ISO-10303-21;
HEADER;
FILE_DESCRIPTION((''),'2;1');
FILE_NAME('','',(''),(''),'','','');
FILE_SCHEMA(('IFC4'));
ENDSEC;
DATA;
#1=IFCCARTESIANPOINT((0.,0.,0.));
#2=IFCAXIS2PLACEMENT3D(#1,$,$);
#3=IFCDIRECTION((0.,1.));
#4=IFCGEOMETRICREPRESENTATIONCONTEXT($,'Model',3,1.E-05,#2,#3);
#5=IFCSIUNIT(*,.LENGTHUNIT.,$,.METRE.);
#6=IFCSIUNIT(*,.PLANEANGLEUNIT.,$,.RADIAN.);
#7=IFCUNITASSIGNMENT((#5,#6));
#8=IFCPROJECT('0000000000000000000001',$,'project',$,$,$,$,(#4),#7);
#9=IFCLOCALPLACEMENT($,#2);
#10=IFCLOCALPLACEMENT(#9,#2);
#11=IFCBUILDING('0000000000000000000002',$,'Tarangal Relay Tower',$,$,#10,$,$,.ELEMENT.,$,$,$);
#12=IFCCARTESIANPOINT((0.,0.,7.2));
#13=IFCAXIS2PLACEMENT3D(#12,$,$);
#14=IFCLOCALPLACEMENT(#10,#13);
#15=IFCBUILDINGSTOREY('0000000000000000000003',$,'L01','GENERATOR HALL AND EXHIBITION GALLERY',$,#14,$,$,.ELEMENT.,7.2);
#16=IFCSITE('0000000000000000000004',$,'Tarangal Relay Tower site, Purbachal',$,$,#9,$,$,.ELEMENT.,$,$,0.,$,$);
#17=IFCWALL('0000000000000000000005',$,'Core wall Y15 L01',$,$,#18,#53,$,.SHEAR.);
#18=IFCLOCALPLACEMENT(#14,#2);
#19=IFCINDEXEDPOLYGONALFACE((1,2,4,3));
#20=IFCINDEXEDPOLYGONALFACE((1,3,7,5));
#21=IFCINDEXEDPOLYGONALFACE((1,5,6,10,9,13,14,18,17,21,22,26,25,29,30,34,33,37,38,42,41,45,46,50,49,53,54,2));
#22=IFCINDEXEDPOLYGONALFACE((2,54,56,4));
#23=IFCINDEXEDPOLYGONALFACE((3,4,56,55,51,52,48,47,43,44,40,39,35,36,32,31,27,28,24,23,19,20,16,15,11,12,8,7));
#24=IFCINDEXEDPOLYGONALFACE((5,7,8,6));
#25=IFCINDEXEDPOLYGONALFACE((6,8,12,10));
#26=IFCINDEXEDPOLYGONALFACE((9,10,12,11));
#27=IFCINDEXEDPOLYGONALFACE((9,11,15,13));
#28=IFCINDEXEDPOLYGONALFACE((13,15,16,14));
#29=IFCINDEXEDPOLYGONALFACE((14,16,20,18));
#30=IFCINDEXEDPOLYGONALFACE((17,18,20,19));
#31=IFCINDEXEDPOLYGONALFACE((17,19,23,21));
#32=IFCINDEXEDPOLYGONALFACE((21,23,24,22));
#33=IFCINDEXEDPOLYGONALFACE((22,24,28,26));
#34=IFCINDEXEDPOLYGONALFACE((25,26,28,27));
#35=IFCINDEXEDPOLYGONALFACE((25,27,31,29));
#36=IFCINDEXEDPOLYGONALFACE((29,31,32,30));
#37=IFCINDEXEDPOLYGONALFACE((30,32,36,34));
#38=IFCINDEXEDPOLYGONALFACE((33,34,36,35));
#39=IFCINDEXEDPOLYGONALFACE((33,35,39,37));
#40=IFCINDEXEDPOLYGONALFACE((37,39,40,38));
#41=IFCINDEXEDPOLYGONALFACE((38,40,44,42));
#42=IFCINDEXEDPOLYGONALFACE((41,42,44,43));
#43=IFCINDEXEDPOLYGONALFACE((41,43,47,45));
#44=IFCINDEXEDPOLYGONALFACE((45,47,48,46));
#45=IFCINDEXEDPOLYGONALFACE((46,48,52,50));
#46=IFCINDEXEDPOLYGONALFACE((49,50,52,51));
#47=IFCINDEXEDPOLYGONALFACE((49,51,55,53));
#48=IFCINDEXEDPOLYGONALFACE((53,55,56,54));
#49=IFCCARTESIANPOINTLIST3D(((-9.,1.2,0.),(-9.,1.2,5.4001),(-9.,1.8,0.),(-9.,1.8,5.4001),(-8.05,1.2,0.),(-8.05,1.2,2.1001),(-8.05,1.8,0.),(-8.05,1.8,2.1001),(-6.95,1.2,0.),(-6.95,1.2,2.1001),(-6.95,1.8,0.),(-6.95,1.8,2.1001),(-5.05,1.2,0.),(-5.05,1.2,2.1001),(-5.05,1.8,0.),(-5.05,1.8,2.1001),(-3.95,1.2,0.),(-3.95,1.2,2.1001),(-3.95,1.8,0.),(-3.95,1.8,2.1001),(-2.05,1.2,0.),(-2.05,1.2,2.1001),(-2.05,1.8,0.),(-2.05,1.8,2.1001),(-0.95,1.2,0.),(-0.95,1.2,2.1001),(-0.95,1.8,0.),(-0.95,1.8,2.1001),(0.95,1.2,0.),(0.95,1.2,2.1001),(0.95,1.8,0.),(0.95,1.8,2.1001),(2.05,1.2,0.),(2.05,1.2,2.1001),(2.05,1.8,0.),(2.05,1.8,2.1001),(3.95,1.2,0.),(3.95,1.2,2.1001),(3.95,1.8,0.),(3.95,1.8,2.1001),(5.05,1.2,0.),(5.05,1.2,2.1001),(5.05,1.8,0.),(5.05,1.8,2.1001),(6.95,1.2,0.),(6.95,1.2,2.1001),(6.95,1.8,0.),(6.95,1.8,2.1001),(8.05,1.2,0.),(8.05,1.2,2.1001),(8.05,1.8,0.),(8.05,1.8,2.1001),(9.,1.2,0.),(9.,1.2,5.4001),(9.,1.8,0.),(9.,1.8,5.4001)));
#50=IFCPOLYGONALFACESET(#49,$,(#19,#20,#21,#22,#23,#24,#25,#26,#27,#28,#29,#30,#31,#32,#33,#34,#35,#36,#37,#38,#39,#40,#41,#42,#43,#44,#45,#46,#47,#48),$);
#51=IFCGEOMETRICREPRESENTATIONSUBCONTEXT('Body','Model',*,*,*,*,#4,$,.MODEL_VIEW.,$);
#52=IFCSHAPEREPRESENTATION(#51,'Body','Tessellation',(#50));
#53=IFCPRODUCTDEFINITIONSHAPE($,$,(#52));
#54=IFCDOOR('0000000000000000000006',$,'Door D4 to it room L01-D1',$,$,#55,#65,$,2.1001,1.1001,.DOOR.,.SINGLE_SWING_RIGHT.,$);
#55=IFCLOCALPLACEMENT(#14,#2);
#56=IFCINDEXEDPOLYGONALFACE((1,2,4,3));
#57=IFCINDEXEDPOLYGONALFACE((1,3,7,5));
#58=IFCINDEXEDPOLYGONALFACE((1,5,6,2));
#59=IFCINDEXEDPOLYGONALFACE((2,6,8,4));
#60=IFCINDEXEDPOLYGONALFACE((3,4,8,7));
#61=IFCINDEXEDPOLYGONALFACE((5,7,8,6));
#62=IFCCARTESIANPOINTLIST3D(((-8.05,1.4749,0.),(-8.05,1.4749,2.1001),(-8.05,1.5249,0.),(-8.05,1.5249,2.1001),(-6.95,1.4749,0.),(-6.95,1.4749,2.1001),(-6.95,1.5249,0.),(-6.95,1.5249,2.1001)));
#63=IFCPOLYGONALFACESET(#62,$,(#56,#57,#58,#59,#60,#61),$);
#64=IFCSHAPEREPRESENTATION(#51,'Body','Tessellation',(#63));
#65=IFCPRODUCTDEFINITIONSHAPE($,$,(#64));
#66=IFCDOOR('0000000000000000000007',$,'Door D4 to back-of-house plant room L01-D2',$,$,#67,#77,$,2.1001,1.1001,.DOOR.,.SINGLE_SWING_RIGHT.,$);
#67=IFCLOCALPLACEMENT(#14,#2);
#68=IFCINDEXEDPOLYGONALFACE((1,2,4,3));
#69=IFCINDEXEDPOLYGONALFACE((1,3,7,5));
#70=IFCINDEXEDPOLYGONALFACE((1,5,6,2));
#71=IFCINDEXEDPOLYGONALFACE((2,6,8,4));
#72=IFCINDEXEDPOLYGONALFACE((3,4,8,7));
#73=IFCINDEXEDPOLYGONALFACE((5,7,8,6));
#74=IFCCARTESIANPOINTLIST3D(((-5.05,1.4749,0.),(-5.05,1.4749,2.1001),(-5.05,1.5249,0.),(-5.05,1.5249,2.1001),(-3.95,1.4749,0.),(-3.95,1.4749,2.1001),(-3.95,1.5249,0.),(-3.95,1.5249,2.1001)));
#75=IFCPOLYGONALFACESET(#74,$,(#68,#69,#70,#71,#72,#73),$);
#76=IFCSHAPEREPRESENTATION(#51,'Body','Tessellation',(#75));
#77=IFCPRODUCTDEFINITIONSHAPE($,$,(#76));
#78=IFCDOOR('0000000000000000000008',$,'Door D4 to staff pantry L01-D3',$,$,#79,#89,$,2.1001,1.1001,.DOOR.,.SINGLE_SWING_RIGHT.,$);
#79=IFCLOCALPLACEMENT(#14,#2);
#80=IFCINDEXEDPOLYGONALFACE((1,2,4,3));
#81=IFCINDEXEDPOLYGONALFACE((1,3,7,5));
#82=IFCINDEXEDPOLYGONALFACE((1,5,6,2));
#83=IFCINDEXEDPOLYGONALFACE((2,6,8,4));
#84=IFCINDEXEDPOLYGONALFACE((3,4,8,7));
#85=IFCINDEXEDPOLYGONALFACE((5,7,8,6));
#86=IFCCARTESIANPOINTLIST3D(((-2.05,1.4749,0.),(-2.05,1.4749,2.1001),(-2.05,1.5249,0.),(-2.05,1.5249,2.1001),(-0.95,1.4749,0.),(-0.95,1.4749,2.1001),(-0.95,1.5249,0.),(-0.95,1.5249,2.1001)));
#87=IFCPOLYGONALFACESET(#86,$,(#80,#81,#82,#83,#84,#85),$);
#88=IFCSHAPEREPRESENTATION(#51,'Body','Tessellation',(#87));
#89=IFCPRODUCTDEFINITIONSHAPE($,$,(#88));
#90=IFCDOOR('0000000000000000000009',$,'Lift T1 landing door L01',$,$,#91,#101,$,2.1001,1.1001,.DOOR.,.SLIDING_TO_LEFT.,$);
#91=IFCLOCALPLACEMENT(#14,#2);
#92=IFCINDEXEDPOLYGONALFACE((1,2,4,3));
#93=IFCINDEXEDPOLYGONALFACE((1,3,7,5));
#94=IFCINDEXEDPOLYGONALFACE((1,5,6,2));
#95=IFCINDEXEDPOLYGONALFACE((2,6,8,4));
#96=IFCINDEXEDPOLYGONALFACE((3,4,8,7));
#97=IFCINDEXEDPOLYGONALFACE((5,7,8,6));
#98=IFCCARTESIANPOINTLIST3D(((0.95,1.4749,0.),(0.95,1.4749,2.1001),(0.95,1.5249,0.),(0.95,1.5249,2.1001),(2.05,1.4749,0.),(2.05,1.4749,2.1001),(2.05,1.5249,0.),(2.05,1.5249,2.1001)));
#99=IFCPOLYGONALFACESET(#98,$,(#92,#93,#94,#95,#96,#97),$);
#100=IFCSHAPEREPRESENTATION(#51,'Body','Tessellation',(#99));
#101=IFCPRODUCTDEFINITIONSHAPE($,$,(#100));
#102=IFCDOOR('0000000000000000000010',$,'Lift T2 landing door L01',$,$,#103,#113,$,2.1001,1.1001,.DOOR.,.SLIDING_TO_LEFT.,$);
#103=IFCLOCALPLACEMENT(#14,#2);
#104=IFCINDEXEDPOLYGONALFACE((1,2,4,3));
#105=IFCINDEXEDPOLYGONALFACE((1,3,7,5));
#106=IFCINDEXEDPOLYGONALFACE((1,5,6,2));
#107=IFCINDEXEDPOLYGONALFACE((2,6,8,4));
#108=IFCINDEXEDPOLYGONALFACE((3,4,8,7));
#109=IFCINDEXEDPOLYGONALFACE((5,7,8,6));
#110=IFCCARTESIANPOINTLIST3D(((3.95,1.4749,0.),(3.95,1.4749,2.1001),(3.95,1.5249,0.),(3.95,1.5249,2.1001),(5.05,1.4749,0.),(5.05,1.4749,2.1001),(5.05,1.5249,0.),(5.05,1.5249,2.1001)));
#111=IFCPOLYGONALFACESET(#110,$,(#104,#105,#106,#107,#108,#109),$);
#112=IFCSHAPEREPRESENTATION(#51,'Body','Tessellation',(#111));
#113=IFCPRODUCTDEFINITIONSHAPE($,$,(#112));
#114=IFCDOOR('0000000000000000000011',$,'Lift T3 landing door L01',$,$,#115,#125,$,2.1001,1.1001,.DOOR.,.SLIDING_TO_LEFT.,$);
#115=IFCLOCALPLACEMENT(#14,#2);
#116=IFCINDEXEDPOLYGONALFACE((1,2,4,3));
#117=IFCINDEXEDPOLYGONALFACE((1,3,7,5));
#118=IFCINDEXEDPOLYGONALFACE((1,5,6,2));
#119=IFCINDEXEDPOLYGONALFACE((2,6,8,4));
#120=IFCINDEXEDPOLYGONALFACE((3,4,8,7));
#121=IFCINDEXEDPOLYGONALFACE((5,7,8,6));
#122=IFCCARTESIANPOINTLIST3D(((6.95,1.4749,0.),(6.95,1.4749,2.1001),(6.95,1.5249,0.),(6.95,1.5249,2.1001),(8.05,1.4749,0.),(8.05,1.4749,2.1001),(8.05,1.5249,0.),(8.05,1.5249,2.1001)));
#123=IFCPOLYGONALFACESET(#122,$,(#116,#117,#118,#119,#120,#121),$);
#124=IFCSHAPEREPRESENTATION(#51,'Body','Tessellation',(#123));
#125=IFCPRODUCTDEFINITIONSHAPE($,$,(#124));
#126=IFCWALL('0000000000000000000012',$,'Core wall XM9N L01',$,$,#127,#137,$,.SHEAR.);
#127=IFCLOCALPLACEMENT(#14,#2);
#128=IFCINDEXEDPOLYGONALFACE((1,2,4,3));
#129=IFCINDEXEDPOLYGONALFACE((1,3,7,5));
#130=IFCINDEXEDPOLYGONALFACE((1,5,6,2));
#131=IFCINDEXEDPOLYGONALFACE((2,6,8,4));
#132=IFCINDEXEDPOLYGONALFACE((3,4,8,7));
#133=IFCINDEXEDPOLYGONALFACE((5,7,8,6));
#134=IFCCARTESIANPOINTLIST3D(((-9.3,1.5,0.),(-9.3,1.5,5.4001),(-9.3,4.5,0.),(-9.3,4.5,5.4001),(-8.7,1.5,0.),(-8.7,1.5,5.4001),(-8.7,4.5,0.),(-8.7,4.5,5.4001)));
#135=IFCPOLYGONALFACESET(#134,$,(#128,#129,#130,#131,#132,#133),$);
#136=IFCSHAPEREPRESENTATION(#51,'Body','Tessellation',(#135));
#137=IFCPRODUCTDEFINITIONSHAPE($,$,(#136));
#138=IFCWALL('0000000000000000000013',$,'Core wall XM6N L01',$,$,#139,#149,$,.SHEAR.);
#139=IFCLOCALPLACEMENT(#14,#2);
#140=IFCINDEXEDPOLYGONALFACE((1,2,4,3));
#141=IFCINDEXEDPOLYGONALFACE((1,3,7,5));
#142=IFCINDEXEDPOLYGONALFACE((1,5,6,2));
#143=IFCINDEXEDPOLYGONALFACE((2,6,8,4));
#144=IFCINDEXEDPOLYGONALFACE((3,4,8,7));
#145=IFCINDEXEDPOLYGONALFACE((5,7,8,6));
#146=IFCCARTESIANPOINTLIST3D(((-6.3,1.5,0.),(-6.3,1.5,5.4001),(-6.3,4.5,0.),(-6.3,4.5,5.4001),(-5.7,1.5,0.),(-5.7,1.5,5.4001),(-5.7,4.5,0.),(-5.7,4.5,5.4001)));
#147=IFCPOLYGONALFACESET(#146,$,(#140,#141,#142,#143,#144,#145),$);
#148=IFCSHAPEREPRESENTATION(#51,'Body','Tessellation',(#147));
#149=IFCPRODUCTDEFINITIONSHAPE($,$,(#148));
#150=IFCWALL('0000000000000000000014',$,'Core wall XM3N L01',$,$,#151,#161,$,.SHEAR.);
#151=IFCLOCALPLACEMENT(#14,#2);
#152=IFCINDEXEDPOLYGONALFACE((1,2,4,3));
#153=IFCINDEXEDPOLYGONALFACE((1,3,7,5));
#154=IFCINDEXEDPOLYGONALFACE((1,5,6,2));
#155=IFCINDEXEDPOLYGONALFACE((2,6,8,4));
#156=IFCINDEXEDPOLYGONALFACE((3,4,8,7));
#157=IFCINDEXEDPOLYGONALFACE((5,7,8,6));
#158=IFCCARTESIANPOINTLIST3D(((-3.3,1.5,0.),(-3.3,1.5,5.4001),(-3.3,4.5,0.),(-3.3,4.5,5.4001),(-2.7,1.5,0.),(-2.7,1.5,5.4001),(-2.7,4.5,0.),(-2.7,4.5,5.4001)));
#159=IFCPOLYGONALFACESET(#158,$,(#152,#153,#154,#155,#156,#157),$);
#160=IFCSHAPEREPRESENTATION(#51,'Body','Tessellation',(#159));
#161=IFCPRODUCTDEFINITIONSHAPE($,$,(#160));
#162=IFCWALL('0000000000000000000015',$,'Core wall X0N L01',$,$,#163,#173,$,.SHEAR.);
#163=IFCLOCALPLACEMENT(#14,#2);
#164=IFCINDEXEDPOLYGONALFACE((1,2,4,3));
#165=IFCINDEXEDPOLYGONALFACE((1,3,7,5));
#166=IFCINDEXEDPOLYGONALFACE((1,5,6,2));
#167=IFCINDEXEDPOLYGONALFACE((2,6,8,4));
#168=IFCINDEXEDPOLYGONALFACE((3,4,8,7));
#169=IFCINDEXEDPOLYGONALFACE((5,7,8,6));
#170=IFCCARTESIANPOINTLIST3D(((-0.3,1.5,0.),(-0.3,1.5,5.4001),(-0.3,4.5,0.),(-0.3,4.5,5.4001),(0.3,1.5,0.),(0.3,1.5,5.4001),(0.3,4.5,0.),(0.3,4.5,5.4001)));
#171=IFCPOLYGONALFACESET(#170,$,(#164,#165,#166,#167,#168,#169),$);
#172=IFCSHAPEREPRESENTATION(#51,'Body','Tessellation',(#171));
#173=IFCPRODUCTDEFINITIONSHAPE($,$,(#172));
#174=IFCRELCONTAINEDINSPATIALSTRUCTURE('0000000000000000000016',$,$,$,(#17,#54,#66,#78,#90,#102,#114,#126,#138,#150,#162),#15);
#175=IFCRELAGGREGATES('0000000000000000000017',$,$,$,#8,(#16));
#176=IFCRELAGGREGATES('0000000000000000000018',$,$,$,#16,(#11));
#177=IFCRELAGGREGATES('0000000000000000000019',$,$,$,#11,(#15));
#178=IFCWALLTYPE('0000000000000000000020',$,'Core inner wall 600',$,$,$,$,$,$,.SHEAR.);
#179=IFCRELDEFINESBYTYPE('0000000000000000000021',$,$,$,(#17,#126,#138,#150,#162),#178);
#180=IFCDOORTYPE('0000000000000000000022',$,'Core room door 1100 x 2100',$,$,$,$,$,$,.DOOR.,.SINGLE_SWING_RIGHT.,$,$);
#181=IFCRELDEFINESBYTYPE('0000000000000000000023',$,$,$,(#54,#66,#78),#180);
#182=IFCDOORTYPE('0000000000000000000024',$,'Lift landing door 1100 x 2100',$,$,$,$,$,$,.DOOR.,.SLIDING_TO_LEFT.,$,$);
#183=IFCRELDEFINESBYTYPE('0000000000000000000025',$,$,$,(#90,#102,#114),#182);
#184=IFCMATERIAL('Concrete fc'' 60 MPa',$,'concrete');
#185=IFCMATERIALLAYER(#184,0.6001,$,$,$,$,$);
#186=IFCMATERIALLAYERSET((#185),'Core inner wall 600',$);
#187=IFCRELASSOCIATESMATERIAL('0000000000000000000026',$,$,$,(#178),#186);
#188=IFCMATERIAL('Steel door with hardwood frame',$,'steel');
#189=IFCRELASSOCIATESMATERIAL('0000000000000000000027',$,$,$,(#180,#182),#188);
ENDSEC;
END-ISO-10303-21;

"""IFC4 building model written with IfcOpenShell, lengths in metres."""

from ifc_helpers import new_model, si_unit, direction, frame, frame_2d, origin, place, context, subcontext, project, spatial, rectangle, extrude, material, layer, layer_set, type_object, element, fill, save


model = new_model("IFC4")

# Units and contexts
model_context = context("Model", 3, precision=1e-05, world=origin(), true_north=direction((0.0, 1.0)))
body_context = subcontext(model_context, "Body", "Model", "MODEL_VIEW")
ifc_project = project(units=[si_unit("LENGTHUNIT", "METRE"), si_unit("PLANEANGLEUNIT", "RADIAN")], contexts=[model_context])

# Site, building, storey
site_placement = place(None, origin())
site = spatial("IfcSite", under=ifc_project, at=site_placement, Name="Tarangal Relay Tower site, Purbachal", CompositionType="ELEMENT", RefElevation=0.0)
building_placement = place(site_placement, origin())
building = spatial("IfcBuilding", under=site, at=building_placement, Name="Tarangal Relay Tower", CompositionType="ELEMENT")
storey_placement = place(building_placement, frame((0.0, 0.0, 7.2)))
storey = spatial("IfcBuildingStorey", under=building, at=storey_placement, Name="L01", Description="GENERATOR HALL AND EXHIBITION GALLERY", CompositionType="ELEMENT", Elevation=7.2)

# Wall, openings, doors
ifc_material_1 = material(Name="Concrete fc' 60 MPa", Category="concrete")
ifc_layer_1 = layer(ifc_material_1, 0.6001)
ifc_layer_set_1 = layer_set([ifc_layer_1], Name="Core inner wall 600")
wall_type = type_object("IfcWallType", Name="Core inner wall 600", PredefinedType="SHEAR", material=ifc_layer_set_1)
wall_1_placement = place(storey_placement, frame((-9.0, 1.5, 0.0), z_axis=(0.0, 0.0, 1.0), x_axis=(1.0, 0.0, 0.0)))
wall_1 = element("IfcWall", 1, at=wall_1_placement, inside=storey, type_object=wall_type, Name="Core wall Y15 L01", PredefinedType="SHEAR", context=body_context, shape_type="SweptSolid", body=[
    extrude(rectangle(XDim=18.0, YDim=0.6001, at=frame_2d((9.0, 0.0))), origin(), (0.0, 0.0, 1.0), 5.4001),
])
opening_1_placement = place(wall_1_placement, frame((9.95, 0.0, 0.0)))
opening_1 = element("IfcOpeningElement", 2, at=opening_1_placement, cuts=wall_1, PredefinedType="OPENING", context=body_context, shape_type="SweptSolid", body=[
    extrude(rectangle(XDim=1.1001, YDim=2.1001, at=frame_2d((0.55, 1.05))), frame((0.0, 0.3101, 0.0), z_axis=(0.0, -1.0, 0.0), x_axis=(1.0, 0.0, 0.0)), (0.0, 0.0, 1.0), 0.6201),
])
opening_2_placement = place(wall_1_placement, frame((12.95, 0.0, 0.0)))
opening_2 = element("IfcOpeningElement", 3, at=opening_2_placement, cuts=wall_1, PredefinedType="OPENING", context=body_context, shape_type="SweptSolid", body=[
    extrude(rectangle(XDim=1.1001, YDim=2.1001, at=frame_2d((0.55, 1.05))), frame((0.0, 0.3101, 0.0), z_axis=(0.0, -1.0, 0.0), x_axis=(1.0, 0.0, 0.0)), (0.0, 0.0, 1.0), 0.6201),
])
opening_3_placement = place(wall_1_placement, frame((15.95, 0.0, 0.0)))
opening_3 = element("IfcOpeningElement", 4, at=opening_3_placement, cuts=wall_1, PredefinedType="OPENING", context=body_context, shape_type="SweptSolid", body=[
    extrude(rectangle(XDim=1.1001, YDim=2.1001, at=frame_2d((0.55, 1.05))), frame((0.0, 0.3101, 0.0), z_axis=(0.0, -1.0, 0.0), x_axis=(1.0, 0.0, 0.0)), (0.0, 0.0, 1.0), 0.6201),
])
opening_4_placement = place(wall_1_placement, frame((0.95, 0.0, 0.0)))
opening_4 = element("IfcOpeningElement", 5, at=opening_4_placement, cuts=wall_1, PredefinedType="OPENING", context=body_context, shape_type="SweptSolid", body=[
    extrude(rectangle(XDim=1.1001, YDim=2.1001, at=frame_2d((0.55, 1.05))), frame((0.0, 0.3101, 0.0), z_axis=(0.0, -1.0, 0.0), x_axis=(1.0, 0.0, 0.0)), (0.0, 0.0, 1.0), 0.6201),
])
opening_5_placement = place(wall_1_placement, frame((3.95, 0.0, 0.0)))
opening_5 = element("IfcOpeningElement", 6, at=opening_5_placement, cuts=wall_1, PredefinedType="OPENING", context=body_context, shape_type="SweptSolid", body=[
    extrude(rectangle(XDim=1.1001, YDim=2.1001, at=frame_2d((0.55, 1.05))), frame((0.0, 0.3101, 0.0), z_axis=(0.0, -1.0, 0.0), x_axis=(1.0, 0.0, 0.0)), (0.0, 0.0, 1.0), 0.6201),
])
opening_6_placement = place(wall_1_placement, frame((6.95, 0.0, 0.0)))
opening_6 = element("IfcOpeningElement", 7, at=opening_6_placement, cuts=wall_1, PredefinedType="OPENING", context=body_context, shape_type="SweptSolid", body=[
    extrude(rectangle(XDim=1.1001, YDim=2.1001, at=frame_2d((0.55, 1.05))), frame((0.0, 0.3101, 0.0), z_axis=(0.0, -1.0, 0.0), x_axis=(1.0, 0.0, 0.0)), (0.0, 0.0, 1.0), 0.6201),
])
ifc_material_2 = material(Name="Steel door with hardwood frame", Category="steel")
door_type_1 = type_object("IfcDoorType", Name="Core room door 1100 x 2100", OperationType="SINGLE_SWING_RIGHT", PredefinedType="DOOR", material=ifc_material_2)
door_1_placement = place(opening_4_placement, origin())
door_1 = element("IfcDoor", 8, at=door_1_placement, inside=storey, type_object=door_type_1, Name="Door D4 to it room L01-D1", OperationType="SINGLE_SWING_RIGHT", OverallHeight=2.1001, OverallWidth=1.1001, PredefinedType="DOOR", context=body_context, shape_type="SweptSolid", body=[
    extrude(rectangle(XDim=1.1001, YDim=2.1001, at=frame_2d((0.55, 1.05))), frame((0.0, 0.0249, 0.0), z_axis=(0.0, -1.0, 0.0), x_axis=(1.0, 0.0, 0.0)), (0.0, 0.0, 1.0), 0.05),
])
fill(opening_4, door_1)
door_2_placement = place(opening_5_placement, origin())
door_2 = element("IfcDoor", 9, at=door_2_placement, inside=storey, type_object=door_type_1, Name="Door D4 to back-of-house plant room L01-D2", OperationType="SINGLE_SWING_RIGHT", OverallHeight=2.1001, OverallWidth=1.1001, PredefinedType="DOOR", context=body_context, shape_type="SweptSolid", body=[
    extrude(rectangle(XDim=1.1001, YDim=2.1001, at=frame_2d((0.55, 1.05))), frame((0.0, 0.0249, 0.0), z_axis=(0.0, -1.0, 0.0), x_axis=(1.0, 0.0, 0.0)), (0.0, 0.0, 1.0), 0.05),
])
fill(opening_5, door_2)
door_3_placement = place(opening_6_placement, origin())
door_3 = element("IfcDoor", 10, at=door_3_placement, inside=storey, type_object=door_type_1, Name="Door D4 to staff pantry L01-D3", OperationType="SINGLE_SWING_RIGHT", OverallHeight=2.1001, OverallWidth=1.1001, PredefinedType="DOOR", context=body_context, shape_type="SweptSolid", body=[
    extrude(rectangle(XDim=1.1001, YDim=2.1001, at=frame_2d((0.55, 1.05))), frame((0.0, 0.0249, 0.0), z_axis=(0.0, -1.0, 0.0), x_axis=(1.0, 0.0, 0.0)), (0.0, 0.0, 1.0), 0.05),
])
fill(opening_6, door_3)
door_type_2 = type_object("IfcDoorType", Name="Lift landing door 1100 x 2100", OperationType="SLIDING_TO_LEFT", PredefinedType="DOOR", material=ifc_material_2)
door_4_placement = place(opening_1_placement, origin())
door_4 = element("IfcDoor", 11, at=door_4_placement, inside=storey, type_object=door_type_2, Name="Lift T1 landing door L01", OperationType="SLIDING_TO_LEFT", OverallHeight=2.1001, OverallWidth=1.1001, PredefinedType="DOOR", context=body_context, shape_type="SweptSolid", body=[
    extrude(rectangle(XDim=1.1001, YDim=2.1001, at=frame_2d((0.55, 1.05))), frame((0.0, 0.0249, 0.0), z_axis=(0.0, -1.0, 0.0), x_axis=(1.0, 0.0, 0.0)), (0.0, 0.0, 1.0), 0.05),
])
fill(opening_1, door_4)
door_5_placement = place(opening_2_placement, origin())
door_5 = element("IfcDoor", 12, at=door_5_placement, inside=storey, type_object=door_type_2, Name="Lift T2 landing door L01", OperationType="SLIDING_TO_LEFT", OverallHeight=2.1001, OverallWidth=1.1001, PredefinedType="DOOR", context=body_context, shape_type="SweptSolid", body=[
    extrude(rectangle(XDim=1.1001, YDim=2.1001, at=frame_2d((0.55, 1.05))), frame((0.0, 0.0249, 0.0), z_axis=(0.0, -1.0, 0.0), x_axis=(1.0, 0.0, 0.0)), (0.0, 0.0, 1.0), 0.05),
])
fill(opening_2, door_5)
door_6_placement = place(opening_3_placement, origin())
door_6 = element("IfcDoor", 13, at=door_6_placement, inside=storey, type_object=door_type_2, Name="Lift T3 landing door L01", OperationType="SLIDING_TO_LEFT", OverallHeight=2.1001, OverallWidth=1.1001, PredefinedType="DOOR", context=body_context, shape_type="SweptSolid", body=[
    extrude(rectangle(XDim=1.1001, YDim=2.1001, at=frame_2d((0.55, 1.05))), frame((0.0, 0.0249, 0.0), z_axis=(0.0, -1.0, 0.0), x_axis=(1.0, 0.0, 0.0)), (0.0, 0.0, 1.0), 0.05),
])
fill(opening_3, door_6)

# Walls
for number, where, z_axis, x_axis, name in (
    (14, (-9.0, 1.5, 0.0), (0.0, 0.0, 1.0), (0.0, 1.0, 0.0), "Core wall XM9N L01"),
    (15, (-6.0, 1.5, 0.0), (0.0, 0.0, 1.0), (0.0, 1.0, 0.0), "Core wall XM6N L01"),
    (16, (-3.0, 1.5, 0.0), (0.0, 0.0, 1.0), (0.0, 1.0, 0.0), "Core wall XM3N L01"),
    (17, (0.0, 1.5, 0.0), (0.0, 0.0, 1.0), (0.0, 1.0, 0.0), "Core wall X0N L01"),
):
    element("IfcWall", number, at=place(storey_placement, frame(where, z_axis=z_axis, x_axis=x_axis)), inside=storey, type_object=wall_type, Name=name, PredefinedType="SHEAR", context=body_context, shape_type="SweptSolid", body=[
        extrude(rectangle(XDim=3.0, YDim=0.6001, at=frame_2d((1.5, 0.0))), origin(), (0.0, 0.0, 1.0), 5.4001),
    ])

save(model, "model.ifc")
